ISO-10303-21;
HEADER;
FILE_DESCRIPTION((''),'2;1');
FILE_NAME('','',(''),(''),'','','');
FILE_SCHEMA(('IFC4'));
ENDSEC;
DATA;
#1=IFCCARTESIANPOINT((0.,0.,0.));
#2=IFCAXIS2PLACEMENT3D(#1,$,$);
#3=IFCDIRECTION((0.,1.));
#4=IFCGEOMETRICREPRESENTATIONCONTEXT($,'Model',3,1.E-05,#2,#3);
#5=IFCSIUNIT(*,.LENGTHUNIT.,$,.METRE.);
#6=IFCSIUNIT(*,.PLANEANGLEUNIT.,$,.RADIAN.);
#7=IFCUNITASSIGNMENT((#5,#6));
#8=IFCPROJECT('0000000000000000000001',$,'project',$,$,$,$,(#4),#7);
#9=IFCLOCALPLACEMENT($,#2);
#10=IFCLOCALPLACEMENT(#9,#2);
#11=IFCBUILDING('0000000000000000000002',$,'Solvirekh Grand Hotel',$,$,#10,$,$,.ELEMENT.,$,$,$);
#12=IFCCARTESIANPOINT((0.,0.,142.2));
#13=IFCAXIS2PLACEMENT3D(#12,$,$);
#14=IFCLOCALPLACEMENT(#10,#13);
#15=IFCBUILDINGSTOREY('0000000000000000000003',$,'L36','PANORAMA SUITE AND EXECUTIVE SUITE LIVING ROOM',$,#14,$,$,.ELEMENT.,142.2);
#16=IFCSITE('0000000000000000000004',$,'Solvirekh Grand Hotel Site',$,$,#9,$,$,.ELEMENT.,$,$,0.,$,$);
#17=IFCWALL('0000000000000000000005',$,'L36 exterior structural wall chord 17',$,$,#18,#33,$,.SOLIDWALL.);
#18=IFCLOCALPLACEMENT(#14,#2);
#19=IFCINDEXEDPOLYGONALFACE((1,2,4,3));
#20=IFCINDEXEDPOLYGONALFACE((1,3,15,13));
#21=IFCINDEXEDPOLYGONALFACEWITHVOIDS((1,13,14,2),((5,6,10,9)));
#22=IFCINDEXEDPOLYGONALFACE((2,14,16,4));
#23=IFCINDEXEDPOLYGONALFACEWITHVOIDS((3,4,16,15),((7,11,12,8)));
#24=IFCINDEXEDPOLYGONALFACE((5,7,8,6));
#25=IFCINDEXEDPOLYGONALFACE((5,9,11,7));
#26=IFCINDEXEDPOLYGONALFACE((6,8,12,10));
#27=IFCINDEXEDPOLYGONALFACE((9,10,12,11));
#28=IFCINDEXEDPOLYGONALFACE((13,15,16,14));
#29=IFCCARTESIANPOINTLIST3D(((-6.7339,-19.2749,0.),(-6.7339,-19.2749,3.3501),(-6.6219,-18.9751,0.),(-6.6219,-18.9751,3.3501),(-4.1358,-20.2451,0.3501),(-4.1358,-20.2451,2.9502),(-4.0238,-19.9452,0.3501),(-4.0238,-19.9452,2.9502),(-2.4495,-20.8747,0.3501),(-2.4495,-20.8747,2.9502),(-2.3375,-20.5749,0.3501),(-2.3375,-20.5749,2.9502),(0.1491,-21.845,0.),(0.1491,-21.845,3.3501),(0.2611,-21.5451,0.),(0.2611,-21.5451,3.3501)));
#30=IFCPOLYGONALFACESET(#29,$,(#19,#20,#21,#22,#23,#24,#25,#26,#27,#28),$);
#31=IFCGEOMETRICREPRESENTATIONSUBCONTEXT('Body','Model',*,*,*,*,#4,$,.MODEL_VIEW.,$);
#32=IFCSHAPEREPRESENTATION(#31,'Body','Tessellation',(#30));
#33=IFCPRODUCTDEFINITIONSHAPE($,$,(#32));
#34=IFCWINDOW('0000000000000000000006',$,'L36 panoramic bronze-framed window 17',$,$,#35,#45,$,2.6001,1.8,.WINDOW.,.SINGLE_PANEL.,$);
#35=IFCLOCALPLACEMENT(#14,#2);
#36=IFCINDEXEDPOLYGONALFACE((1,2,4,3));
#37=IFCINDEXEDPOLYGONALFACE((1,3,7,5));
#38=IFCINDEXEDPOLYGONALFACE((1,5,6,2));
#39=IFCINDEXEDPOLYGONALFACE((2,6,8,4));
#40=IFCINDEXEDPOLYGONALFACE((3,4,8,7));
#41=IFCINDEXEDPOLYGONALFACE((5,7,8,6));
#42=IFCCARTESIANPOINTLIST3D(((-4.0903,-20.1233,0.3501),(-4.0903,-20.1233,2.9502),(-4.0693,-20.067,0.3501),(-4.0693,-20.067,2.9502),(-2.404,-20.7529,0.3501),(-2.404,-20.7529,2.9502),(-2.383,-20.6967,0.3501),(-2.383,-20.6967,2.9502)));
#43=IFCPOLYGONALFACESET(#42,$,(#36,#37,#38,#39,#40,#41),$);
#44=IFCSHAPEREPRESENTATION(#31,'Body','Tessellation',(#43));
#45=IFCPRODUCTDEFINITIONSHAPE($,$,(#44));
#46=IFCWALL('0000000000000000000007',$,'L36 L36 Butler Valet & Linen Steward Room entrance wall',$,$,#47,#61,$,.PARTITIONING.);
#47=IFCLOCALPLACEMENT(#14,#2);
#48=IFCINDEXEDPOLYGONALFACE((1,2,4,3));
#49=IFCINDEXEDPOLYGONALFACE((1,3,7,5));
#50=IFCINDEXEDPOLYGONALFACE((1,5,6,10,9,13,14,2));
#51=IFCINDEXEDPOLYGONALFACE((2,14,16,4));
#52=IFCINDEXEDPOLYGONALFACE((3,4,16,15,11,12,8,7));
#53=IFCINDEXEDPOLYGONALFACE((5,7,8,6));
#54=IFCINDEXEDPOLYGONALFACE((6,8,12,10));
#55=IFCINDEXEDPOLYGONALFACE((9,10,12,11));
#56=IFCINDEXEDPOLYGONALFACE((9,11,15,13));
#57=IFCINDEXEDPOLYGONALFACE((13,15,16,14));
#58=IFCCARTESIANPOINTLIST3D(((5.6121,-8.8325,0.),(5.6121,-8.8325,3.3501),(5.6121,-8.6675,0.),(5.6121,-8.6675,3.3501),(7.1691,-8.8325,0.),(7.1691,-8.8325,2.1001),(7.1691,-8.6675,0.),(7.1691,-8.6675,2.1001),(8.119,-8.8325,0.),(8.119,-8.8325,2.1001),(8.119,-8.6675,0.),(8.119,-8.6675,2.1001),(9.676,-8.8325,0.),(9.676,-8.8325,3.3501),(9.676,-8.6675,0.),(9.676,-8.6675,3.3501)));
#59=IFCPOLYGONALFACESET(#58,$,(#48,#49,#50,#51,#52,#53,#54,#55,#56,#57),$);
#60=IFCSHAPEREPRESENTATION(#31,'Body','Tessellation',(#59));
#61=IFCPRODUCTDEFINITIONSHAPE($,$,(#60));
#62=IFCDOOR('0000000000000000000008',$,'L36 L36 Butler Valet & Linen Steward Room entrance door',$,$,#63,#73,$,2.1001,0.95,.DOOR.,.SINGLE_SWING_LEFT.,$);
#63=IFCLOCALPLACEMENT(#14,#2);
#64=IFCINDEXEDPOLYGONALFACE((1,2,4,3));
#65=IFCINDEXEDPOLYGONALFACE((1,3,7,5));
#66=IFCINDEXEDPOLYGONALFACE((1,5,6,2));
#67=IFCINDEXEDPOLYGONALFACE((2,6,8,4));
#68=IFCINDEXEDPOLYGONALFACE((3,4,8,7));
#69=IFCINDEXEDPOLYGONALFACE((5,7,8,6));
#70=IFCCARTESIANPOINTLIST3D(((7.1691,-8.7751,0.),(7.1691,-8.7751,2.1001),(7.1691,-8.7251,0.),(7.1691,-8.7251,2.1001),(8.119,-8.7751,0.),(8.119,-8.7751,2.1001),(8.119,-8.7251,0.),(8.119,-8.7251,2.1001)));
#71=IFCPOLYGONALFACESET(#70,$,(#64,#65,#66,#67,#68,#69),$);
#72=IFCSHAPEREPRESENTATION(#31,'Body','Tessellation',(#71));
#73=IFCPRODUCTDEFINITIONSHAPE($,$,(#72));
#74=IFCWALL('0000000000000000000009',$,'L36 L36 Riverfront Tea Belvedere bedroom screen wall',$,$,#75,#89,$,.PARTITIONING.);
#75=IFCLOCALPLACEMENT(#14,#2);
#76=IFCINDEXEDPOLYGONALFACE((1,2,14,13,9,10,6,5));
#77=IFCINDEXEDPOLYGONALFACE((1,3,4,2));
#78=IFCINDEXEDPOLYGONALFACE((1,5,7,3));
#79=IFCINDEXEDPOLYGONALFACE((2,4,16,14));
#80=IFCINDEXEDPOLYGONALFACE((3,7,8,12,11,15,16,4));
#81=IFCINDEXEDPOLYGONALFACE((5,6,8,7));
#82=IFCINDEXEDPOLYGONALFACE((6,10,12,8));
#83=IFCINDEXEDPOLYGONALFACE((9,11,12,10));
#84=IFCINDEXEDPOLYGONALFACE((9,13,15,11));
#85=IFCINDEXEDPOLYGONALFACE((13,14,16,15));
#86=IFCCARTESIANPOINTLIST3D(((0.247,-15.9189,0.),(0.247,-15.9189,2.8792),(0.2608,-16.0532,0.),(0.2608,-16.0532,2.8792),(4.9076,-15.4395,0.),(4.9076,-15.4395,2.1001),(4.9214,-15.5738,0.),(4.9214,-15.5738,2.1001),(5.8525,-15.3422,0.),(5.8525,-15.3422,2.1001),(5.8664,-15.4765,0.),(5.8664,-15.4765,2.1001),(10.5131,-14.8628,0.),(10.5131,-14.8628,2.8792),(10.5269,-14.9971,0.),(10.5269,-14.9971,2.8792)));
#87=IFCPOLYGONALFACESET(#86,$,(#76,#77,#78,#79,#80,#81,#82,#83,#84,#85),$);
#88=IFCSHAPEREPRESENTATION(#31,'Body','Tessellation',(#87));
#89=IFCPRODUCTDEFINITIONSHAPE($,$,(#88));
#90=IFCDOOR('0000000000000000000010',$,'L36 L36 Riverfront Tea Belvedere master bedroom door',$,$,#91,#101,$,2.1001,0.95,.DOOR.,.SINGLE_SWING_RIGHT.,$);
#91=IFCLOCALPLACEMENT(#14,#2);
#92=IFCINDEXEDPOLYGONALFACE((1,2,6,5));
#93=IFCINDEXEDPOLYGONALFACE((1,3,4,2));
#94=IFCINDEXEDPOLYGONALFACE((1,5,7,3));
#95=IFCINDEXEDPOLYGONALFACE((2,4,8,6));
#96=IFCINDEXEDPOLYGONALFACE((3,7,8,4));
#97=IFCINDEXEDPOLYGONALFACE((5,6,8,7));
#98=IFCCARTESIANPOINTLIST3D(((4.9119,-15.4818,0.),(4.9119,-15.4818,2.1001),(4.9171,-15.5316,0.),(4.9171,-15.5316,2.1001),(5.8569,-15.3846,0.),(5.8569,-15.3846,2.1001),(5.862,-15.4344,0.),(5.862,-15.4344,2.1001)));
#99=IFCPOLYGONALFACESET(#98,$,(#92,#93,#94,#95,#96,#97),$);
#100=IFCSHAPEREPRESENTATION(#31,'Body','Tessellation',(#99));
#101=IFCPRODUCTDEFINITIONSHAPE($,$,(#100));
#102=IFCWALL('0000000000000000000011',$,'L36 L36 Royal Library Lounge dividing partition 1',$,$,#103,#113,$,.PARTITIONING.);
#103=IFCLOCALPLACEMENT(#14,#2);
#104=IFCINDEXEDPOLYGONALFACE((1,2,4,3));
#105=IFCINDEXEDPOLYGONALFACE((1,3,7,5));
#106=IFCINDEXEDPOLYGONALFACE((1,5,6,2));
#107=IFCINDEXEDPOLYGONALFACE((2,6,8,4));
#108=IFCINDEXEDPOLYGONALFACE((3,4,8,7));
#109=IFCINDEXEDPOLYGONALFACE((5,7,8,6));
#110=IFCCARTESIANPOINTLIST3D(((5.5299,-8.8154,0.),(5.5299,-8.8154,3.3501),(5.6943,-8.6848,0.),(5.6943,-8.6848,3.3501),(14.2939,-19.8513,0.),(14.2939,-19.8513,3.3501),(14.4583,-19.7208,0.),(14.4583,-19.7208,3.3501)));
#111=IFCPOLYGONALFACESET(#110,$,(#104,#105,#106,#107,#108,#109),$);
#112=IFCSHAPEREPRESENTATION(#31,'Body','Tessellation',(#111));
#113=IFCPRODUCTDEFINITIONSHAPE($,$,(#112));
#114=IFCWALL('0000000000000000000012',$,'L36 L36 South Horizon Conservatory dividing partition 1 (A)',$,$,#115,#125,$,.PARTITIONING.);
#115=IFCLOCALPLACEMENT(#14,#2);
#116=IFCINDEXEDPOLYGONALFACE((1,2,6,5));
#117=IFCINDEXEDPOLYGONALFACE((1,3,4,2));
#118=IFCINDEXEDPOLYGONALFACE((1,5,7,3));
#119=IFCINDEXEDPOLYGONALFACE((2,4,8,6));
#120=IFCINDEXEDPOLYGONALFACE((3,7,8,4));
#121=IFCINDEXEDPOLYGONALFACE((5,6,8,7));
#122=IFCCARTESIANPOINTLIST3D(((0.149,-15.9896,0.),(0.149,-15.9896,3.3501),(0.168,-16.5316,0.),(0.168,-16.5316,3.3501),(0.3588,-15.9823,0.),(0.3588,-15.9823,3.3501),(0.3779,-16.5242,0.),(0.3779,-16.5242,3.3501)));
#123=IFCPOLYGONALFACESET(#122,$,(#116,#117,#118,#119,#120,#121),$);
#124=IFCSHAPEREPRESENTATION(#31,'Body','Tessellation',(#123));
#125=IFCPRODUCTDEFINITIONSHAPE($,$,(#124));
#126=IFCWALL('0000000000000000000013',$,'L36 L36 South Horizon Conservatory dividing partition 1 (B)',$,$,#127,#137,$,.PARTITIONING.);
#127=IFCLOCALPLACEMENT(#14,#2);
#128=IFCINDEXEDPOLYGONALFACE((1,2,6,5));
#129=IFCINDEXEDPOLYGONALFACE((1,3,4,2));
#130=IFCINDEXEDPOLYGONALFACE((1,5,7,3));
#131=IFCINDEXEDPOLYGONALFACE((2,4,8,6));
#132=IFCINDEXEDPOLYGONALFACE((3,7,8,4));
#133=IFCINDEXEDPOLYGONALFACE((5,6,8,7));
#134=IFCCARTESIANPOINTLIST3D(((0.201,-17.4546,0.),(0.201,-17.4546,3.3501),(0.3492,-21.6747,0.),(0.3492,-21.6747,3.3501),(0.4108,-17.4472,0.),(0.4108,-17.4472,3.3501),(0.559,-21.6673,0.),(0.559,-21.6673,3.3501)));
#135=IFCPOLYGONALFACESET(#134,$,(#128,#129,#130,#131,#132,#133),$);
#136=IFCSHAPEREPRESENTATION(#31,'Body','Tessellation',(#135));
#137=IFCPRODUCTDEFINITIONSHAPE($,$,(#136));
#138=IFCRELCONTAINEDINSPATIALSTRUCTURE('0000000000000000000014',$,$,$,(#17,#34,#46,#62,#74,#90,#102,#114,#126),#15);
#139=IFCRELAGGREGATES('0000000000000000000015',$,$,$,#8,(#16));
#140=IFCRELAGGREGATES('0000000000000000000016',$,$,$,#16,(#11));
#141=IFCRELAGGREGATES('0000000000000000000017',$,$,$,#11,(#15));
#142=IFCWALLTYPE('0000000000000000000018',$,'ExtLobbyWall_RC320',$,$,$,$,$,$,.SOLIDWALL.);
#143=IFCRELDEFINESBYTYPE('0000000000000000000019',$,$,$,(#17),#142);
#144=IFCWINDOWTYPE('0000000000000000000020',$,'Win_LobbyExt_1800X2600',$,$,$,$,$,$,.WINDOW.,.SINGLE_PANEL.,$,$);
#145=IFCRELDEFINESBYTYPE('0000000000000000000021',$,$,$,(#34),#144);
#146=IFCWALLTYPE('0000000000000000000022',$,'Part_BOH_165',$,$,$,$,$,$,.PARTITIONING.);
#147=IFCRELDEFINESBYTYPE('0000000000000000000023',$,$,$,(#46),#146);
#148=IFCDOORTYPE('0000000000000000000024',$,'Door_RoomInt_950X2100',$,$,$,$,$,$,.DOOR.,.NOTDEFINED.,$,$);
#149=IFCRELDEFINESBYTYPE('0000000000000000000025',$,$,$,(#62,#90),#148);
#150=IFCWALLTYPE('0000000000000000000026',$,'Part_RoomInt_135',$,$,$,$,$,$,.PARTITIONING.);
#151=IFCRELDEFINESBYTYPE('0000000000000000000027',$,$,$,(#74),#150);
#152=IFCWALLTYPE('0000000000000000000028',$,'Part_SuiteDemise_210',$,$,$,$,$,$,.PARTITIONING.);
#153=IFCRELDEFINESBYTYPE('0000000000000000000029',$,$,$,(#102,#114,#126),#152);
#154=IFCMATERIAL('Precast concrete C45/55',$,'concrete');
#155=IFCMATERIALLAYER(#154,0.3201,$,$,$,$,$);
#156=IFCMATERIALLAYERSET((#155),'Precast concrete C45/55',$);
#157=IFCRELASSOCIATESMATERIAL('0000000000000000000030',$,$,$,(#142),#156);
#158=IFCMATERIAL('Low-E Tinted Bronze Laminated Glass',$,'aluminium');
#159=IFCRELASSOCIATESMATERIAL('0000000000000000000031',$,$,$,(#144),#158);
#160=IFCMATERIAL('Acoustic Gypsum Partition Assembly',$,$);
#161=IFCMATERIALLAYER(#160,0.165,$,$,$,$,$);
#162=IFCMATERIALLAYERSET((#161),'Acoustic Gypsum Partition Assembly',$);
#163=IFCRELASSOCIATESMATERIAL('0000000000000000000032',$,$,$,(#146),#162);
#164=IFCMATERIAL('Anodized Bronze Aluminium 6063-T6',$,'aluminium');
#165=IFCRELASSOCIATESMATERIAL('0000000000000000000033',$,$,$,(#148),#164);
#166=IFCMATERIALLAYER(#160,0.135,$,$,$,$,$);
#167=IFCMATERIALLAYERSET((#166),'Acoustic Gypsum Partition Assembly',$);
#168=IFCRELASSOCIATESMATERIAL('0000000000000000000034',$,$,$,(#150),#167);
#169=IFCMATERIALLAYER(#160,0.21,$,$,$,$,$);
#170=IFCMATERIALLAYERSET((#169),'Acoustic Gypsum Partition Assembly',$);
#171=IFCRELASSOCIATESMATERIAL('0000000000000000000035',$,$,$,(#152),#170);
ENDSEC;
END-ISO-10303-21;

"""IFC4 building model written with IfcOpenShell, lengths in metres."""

from ifc_helpers import new_model, si_unit, direction, frame, frame_2d, origin, place, context, subcontext, project, spatial, rectangle, extrude, material, layer, layer_set, type_object, element, fill, save


model = new_model("IFC4")

# Units and contexts
model_context = context("Model", 3, precision=1e-05, world=origin(), true_north=direction((0.0, 1.0)))
body_context = subcontext(model_context, "Body", "Model", "MODEL_VIEW")
ifc_project = project(units=[si_unit("LENGTHUNIT", "METRE"), si_unit("PLANEANGLEUNIT", "RADIAN")], contexts=[model_context])

# Site, building, storey
site_placement = place(None, origin())
site = spatial("IfcSite", under=ifc_project, at=site_placement, Name="Solvirekh Grand Hotel Site", CompositionType="ELEMENT", RefElevation=0.0)
building_placement = place(site_placement, origin())
building = spatial("IfcBuilding", under=site, at=building_placement, Name="Solvirekh Grand Hotel", CompositionType="ELEMENT")
storey_placement = place(building_placement, frame((0.0, 0.0, 142.2)))
storey = spatial("IfcBuildingStorey", under=building, at=storey_placement, Name="L36", Description="PANORAMA SUITE AND EXECUTIVE SUITE LIVING ROOM", CompositionType="ELEMENT", Elevation=142.2)

# Shared definitions
ifc_material_1 = material(Name="Anodized Bronze Aluminium 6063-T6", Category="aluminium")
ifc_material_2 = material(Name="Low-E Tinted Bronze Laminated Glass", Category="aluminium")

# Wall, opening, window
ifc_material_3 = material(Name="Precast concrete C45/55", Category="concrete")
ifc_layer_1 = layer(ifc_material_3, 0.3201)
ifc_layer_set_1 = layer_set([ifc_layer_1], Name="Precast concrete C45/55")
wall_type_1 = type_object("IfcWallType", Name="ExtLobbyWall_RC320", PredefinedType="SOLIDWALL", material=ifc_layer_set_1)
wall_1_placement = place(storey_placement, frame((0.2051, -21.6951, 0.0), z_axis=(0.0, 0.0, 1.0), x_axis=(-0.936824, 0.349801, 0.0)))
wall_1 = element("IfcWall", 1, at=wall_1_placement, inside=storey, type_object=wall_type_1, Name="L36 exterior structural wall chord 17", PredefinedType="SOLIDWALL", context=body_context, shape_type="SweptSolid", body=[
    extrude(rectangle(XDim=7.3472, YDim=0.3201, at=frame_2d((3.6736, 0.0))), origin(), (0.0, 0.0, 1.0), 3.3501),
])
opening_1_placement = place(wall_1_placement, frame((2.7739, 0.0, 0.3501)))
opening_1 = element("IfcOpeningElement", 2, at=opening_1_placement, cuts=wall_1, PredefinedType="OPENING", context=body_context, shape_type="SweptSolid", body=[
    extrude(rectangle(XDim=1.8, YDim=2.6001, at=frame_2d((0.8999, 1.3))), frame((0.0, 0.1699, 0.0), z_axis=(0.0, -1.0, 0.0), x_axis=(1.0, 0.0, 0.0)), (0.0, 0.0, 1.0), 0.3401),
])
window_type = type_object("IfcWindowType", Name="Win_LobbyExt_1800X2600", PartitioningType="SINGLE_PANEL", PredefinedType="WINDOW", material=ifc_material_2)
window_placement = place(opening_1_placement, origin())
window = element("IfcWindow", 3, at=window_placement, inside=storey, type_object=window_type, Name="L36 panoramic bronze-framed window 17", OverallHeight=2.6001, OverallWidth=1.8, PartitioningType="SINGLE_PANEL", PredefinedType="WINDOW", context=body_context, shape_type="SweptSolid", body=[
    extrude(rectangle(XDim=1.8, YDim=2.6001, at=frame_2d((0.8999, 1.3))), frame((0.0, 0.03, 0.0), z_axis=(0.0, -1.0, 0.0), x_axis=(1.0, 0.0, 0.0)), (0.0, 0.0, 1.0), 0.0601),
])
fill(opening_1, window)

# Walls, openings, doors
ifc_material_4 = material(Name="Acoustic Gypsum Partition Assembly")
ifc_layer_2 = layer(ifc_material_4, 0.165)
ifc_layer_set_2 = layer_set([ifc_layer_2], Name="Acoustic Gypsum Partition Assembly")
wall_type_2 = type_object("IfcWallType", Name="Part_BOH_165", PredefinedType="PARTITIONING", material=ifc_layer_set_2)
wall_2_placement = place(storey_placement, frame((5.6121, -8.75, 0.0), z_axis=(0.0, 0.0, 1.0), x_axis=(1.0, 0.0, 0.0)))
wall_2 = element("IfcWall", 4, at=wall_2_placement, inside=storey, type_object=wall_type_2, Name="L36 L36 Butler Valet & Linen Steward Room entrance wall", PredefinedType="PARTITIONING", context=body_context, shape_type="SweptSolid", body=[
    extrude(rectangle(XDim=4.064, YDim=0.165, at=frame_2d((2.032, 0.0))), origin(), (0.0, 0.0, 1.0), 3.3501),
])
opening_2_placement = place(wall_2_placement, frame((1.5569, 0.0, 0.0)))
opening_2 = element("IfcOpeningElement", 5, at=opening_2_placement, cuts=wall_2, PredefinedType="OPENING", context=body_context, shape_type="SweptSolid", body=[
    extrude(rectangle(XDim=0.95, YDim=2.1001, at=frame_2d((0.4751, 1.05))), frame((0.0, 0.0925, 0.0), z_axis=(0.0, -1.0, 0.0), x_axis=(1.0, 0.0, 0.0)), (0.0, 0.0, 1.0), 0.1851),
])
door_type = type_object("IfcDoorType", Name="Door_RoomInt_950X2100", OperationType="NOTDEFINED", PredefinedType="DOOR", material=ifc_material_1)
door_1_placement = place(opening_2_placement, origin())
door_1 = element("IfcDoor", 6, at=door_1_placement, inside=storey, type_object=door_type, Name="L36 L36 Butler Valet & Linen Steward Room entrance door", OperationType="SINGLE_SWING_LEFT", OverallHeight=2.1001, OverallWidth=0.95, PredefinedType="DOOR", context=body_context, shape_type="SweptSolid", body=[
    extrude(rectangle(XDim=0.95, YDim=2.1001, at=frame_2d((0.4751, 1.05))), frame((0.0, 0.0249, 0.0), z_axis=(0.0, -1.0, 0.0), x_axis=(1.0, 0.0, 0.0)), (0.0, 0.0, 1.0), 0.05),
])
fill(opening_2, door_1)
ifc_layer_3 = layer(ifc_material_4, 0.135)
ifc_layer_set_3 = layer_set([ifc_layer_3], Name="Acoustic Gypsum Partition Assembly")
wall_type_3 = type_object("IfcWallType", Name="Part_RoomInt_135", PredefinedType="PARTITIONING", material=ifc_layer_set_3)
wall_3_placement = place(storey_placement, frame((0.2539, -15.9861, 0.0), z_axis=(0.0, 0.0, 1.0), x_axis=(0.99475, 0.102337, 0.0)))
wall_3 = element("IfcWall", 7, at=wall_3_placement, inside=storey, type_object=wall_type_3, Name="L36 L36 Riverfront Tea Belvedere bedroom screen wall", PredefinedType="PARTITIONING", context=body_context, shape_type="SweptSolid", body=[
    extrude(rectangle(XDim=10.3203, YDim=0.135, at=frame_2d((5.1602, 0.0))), origin(), (0.0, 0.0, 1.0), 2.8792),
])
opening_3_placement = place(wall_3_placement, frame((4.6851, 0.0, 0.0)))
opening_3 = element("IfcOpeningElement", 8, at=opening_3_placement, cuts=wall_3, PredefinedType="OPENING", context=body_context, shape_type="SweptSolid", body=[
    extrude(rectangle(XDim=0.95, YDim=2.1001, at=frame_2d((0.4751, 1.05))), frame((0.0, 0.0776, 0.0), z_axis=(0.0, -1.0, 0.0), x_axis=(1.0, 0.0, 0.0)), (0.0, 0.0, 1.0), 0.155),
])
door_2_placement = place(opening_3_placement, origin())
door_2 = element("IfcDoor", 9, at=door_2_placement, inside=storey, type_object=door_type, Name="L36 L36 Riverfront Tea Belvedere master bedroom door", OperationType="SINGLE_SWING_RIGHT", OverallHeight=2.1001, OverallWidth=0.95, PredefinedType="DOOR", context=body_context, shape_type="SweptSolid", body=[
    extrude(rectangle(XDim=0.95, YDim=2.1001, at=frame_2d((0.4751, 1.05))), frame((0.0, 0.0249, 0.0), z_axis=(0.0, -1.0, 0.0), x_axis=(1.0, 0.0, 0.0)), (0.0, 0.0, 1.0), 0.05),
])
fill(opening_3, door_2)

# Walls
ifc_layer_4 = layer(ifc_material_4, 0.21)
ifc_layer_set_4 = layer_set([ifc_layer_4], Name="Acoustic Gypsum Partition Assembly")
wall_type_4 = type_object("IfcWallType", Name="Part_SuiteDemise_210", PredefinedType="PARTITIONING", material=ifc_layer_set_4)
wall_4_placement = place(storey_placement, frame((5.6121, -8.75, 0.0), z_axis=(0.0, 0.0, 1.0), x_axis=(0.621887, -0.783107, 0.0)))
element("IfcWall", 10, at=wall_4_placement, inside=storey, type_object=wall_type_4, Name="L36 L36 Royal Library Lounge dividing partition 1", PredefinedType="PARTITIONING", context=body_context, shape_type="SweptSolid", body=[
    extrude(rectangle(XDim=14.0925, YDim=0.21, at=frame_2d((7.0464, 0.0))), origin(), (0.0, 0.0, 1.0), 3.3501),
])
wall_5_placement = place(storey_placement, frame((0.2539, -15.9861, 0.0), z_axis=(0.0, 0.0, 1.0), x_axis=(0.035113, -0.999383, 0.0)))
element("IfcWall", 11, at=wall_5_placement, inside=storey, type_object=wall_type_4, Name="L36 L36 South Horizon Conservatory dividing partition 1 (A)", PredefinedType="PARTITIONING", context=body_context, shape_type="SweptSolid", body=[
    extrude(rectangle(XDim=0.5422, YDim=0.21, at=frame_2d((0.271, 0.0))), origin(), (0.0, 0.0, 1.0), 3.3501),
])
wall_6_placement = place(storey_placement, frame((0.3059, -17.4509, 0.0), z_axis=(0.0, 0.0, 1.0), x_axis=(0.035096, -0.999384, 0.0)))
element("IfcWall", 12, at=wall_6_placement, inside=storey, type_object=wall_type_4, Name="L36 L36 South Horizon Conservatory dividing partition 1 (B)", PredefinedType="PARTITIONING", context=body_context, shape_type="SweptSolid", body=[
    extrude(rectangle(XDim=4.2227, YDim=0.21, at=frame_2d((2.1113, 0.0))), origin(), (0.0, 0.0, 1.0), 3.3501),
])

save(model, "model.ifc")
